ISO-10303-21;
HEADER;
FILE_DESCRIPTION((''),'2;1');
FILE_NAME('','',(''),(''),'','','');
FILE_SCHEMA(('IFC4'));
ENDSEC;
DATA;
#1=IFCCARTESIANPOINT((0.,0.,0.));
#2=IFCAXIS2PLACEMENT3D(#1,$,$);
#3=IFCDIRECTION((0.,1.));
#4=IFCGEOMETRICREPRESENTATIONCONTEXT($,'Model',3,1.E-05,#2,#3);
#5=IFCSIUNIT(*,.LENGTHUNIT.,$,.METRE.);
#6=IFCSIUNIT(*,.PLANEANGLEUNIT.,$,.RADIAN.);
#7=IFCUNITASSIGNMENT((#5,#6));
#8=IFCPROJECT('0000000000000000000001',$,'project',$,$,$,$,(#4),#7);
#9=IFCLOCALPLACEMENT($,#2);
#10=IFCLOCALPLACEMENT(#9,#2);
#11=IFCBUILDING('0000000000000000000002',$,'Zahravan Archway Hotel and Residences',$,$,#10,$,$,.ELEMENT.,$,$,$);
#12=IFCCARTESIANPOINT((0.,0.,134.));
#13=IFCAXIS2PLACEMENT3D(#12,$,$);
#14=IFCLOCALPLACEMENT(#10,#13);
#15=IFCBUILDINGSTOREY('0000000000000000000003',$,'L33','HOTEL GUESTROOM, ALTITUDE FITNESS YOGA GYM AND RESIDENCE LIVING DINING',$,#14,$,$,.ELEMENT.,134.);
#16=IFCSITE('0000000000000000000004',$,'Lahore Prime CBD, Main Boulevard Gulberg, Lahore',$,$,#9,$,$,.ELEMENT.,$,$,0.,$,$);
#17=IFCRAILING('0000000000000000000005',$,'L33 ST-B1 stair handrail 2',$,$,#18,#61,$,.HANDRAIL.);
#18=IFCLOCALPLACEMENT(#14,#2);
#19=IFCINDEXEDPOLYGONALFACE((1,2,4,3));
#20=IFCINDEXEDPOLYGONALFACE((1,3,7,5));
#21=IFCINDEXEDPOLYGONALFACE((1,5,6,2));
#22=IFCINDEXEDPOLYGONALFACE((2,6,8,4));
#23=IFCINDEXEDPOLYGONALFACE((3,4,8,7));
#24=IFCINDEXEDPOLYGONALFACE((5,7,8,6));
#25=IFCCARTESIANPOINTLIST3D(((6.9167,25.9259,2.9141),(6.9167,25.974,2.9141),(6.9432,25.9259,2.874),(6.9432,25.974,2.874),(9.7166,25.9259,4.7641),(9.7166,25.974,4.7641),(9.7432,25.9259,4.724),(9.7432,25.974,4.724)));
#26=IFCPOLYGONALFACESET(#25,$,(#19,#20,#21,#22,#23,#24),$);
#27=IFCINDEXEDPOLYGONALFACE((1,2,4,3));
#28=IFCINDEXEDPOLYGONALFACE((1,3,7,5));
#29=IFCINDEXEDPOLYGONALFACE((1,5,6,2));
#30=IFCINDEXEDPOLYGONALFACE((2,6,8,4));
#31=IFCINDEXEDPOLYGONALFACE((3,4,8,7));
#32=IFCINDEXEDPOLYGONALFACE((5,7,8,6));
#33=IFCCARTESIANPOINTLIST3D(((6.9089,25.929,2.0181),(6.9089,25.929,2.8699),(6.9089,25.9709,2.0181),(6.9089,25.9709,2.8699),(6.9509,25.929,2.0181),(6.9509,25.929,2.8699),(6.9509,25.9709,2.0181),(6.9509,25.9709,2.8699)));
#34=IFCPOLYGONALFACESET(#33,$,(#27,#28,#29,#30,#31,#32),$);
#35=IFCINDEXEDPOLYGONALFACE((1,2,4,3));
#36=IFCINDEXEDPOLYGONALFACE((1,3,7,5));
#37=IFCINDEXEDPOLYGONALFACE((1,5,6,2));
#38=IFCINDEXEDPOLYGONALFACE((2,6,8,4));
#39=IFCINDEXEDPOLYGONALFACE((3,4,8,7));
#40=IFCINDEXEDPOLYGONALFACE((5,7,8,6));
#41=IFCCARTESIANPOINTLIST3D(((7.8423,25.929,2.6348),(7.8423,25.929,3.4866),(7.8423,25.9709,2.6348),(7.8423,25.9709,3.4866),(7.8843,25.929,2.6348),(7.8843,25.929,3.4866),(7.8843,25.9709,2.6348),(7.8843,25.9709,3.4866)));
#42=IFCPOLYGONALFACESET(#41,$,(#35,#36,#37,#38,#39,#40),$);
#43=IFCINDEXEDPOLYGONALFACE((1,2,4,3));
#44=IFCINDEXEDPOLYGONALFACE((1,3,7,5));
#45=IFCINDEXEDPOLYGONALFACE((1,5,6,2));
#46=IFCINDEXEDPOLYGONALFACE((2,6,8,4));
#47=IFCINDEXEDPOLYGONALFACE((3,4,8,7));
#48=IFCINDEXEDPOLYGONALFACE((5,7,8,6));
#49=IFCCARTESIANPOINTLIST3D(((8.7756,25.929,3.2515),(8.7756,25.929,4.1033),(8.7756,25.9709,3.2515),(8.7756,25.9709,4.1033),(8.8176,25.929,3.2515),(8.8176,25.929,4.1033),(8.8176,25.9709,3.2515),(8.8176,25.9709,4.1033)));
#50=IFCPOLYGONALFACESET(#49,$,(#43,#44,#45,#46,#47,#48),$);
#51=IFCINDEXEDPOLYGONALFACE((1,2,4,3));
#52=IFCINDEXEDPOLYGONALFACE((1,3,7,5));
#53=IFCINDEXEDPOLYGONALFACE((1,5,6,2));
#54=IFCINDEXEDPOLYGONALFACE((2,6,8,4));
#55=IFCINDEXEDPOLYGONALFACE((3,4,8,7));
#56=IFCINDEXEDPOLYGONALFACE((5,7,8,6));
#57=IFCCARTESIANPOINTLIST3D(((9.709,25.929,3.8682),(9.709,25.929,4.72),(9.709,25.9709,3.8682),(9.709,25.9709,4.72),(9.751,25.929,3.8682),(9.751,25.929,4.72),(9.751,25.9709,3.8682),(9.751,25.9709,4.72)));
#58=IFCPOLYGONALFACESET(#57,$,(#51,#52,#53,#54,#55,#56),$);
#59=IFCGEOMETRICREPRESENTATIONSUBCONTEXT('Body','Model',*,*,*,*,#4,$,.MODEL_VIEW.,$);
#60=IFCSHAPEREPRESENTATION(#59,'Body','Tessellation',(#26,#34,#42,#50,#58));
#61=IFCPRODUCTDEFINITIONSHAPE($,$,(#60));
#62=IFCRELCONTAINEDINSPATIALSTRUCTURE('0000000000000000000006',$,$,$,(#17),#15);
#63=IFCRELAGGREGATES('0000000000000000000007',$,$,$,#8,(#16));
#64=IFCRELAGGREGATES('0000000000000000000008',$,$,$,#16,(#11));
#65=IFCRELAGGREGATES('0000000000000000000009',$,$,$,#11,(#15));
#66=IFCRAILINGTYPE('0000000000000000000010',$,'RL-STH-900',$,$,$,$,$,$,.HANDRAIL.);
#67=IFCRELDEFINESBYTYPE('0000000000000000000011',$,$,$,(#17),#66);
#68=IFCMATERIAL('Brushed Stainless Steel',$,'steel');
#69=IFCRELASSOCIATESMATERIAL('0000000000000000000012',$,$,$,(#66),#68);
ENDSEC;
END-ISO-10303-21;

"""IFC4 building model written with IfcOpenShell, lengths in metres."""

from ifc_helpers import new_model, si_unit, direction, frame, origin, origin_2d, place, context, subcontext, project, spatial, rectangle, extrude, material, type_object, element, save


model = new_model("IFC4")

# Units and contexts
model_context = context("Model", 3, precision=1e-05, world=origin(), true_north=direction((0.0, 1.0)))
body_context = subcontext(model_context, "Body", "Model", "MODEL_VIEW")
ifc_project = project(units=[si_unit("LENGTHUNIT", "METRE"), si_unit("PLANEANGLEUNIT", "RADIAN")], contexts=[model_context])

# Site, building, storey
site_placement = place(None, origin())
site = spatial("IfcSite", under=ifc_project, at=site_placement, Name="Lahore Prime CBD, Main Boulevard Gulberg, Lahore", CompositionType="ELEMENT", RefElevation=0.0)
building_placement = place(site_placement, origin())
building = spatial("IfcBuilding", under=site, at=building_placement, Name="Zahravan Archway Hotel and Residences", CompositionType="ELEMENT")
storey_placement = place(building_placement, frame((0.0, 0.0, 134.0)))
storey = spatial("IfcBuildingStorey", under=building, at=storey_placement, Name="L33", Description="HOTEL GUESTROOM, ALTITUDE FITNESS YOGA GYM AND RESIDENCE LIVING DINING", CompositionType="ELEMENT", Elevation=134.0)

# Shared definitions
ifc_material_1 = material(Name="Brushed Stainless Steel", Category="steel")

# Railing
railing_type_1 = type_object("IfcRailingType", Name="RL-STH-900", PredefinedType="HANDRAIL", material=ifc_material_1)
railing_1_placement = place(storey_placement, frame((6.9299, 25.95, 2.0181)))
element("IfcRailing", 1, at=railing_1_placement, inside=storey, type_object=railing_type_1, Name="L33 ST-B1 stair handrail 2", PredefinedType="HANDRAIL", context=body_context, shape_type="SweptSolid", body=[
    extrude(rectangle(XDim=0.0481, YDim=0.0481, at=origin_2d()), frame((0.0, 0.0, 0.876), z_axis=(0.834326, 0.0, 0.551271), x_axis=(0.0, 1.0, 0.0)), (0.0, 0.0, 1.0), 3.356),
    extrude(rectangle(XDim=0.042, YDim=0.042, at=origin_2d()), origin(), (0.0, 0.0, 1.0), 0.8518),
    extrude(rectangle(XDim=0.042, YDim=0.042, at=origin_2d()), frame((0.9333, 0.0, 0.6167)), (0.0, 0.0, 1.0), 0.8518),
    extrude(rectangle(XDim=0.042, YDim=0.042, at=origin_2d()), frame((1.8667, 0.0, 1.2334)), (0.0, 0.0, 1.0), 0.8518),
    extrude(rectangle(XDim=0.042, YDim=0.042, at=origin_2d()), frame((2.8, 0.0, 1.8501)), (0.0, 0.0, 1.0), 0.8518),
])

save(model, "model.ifc")
